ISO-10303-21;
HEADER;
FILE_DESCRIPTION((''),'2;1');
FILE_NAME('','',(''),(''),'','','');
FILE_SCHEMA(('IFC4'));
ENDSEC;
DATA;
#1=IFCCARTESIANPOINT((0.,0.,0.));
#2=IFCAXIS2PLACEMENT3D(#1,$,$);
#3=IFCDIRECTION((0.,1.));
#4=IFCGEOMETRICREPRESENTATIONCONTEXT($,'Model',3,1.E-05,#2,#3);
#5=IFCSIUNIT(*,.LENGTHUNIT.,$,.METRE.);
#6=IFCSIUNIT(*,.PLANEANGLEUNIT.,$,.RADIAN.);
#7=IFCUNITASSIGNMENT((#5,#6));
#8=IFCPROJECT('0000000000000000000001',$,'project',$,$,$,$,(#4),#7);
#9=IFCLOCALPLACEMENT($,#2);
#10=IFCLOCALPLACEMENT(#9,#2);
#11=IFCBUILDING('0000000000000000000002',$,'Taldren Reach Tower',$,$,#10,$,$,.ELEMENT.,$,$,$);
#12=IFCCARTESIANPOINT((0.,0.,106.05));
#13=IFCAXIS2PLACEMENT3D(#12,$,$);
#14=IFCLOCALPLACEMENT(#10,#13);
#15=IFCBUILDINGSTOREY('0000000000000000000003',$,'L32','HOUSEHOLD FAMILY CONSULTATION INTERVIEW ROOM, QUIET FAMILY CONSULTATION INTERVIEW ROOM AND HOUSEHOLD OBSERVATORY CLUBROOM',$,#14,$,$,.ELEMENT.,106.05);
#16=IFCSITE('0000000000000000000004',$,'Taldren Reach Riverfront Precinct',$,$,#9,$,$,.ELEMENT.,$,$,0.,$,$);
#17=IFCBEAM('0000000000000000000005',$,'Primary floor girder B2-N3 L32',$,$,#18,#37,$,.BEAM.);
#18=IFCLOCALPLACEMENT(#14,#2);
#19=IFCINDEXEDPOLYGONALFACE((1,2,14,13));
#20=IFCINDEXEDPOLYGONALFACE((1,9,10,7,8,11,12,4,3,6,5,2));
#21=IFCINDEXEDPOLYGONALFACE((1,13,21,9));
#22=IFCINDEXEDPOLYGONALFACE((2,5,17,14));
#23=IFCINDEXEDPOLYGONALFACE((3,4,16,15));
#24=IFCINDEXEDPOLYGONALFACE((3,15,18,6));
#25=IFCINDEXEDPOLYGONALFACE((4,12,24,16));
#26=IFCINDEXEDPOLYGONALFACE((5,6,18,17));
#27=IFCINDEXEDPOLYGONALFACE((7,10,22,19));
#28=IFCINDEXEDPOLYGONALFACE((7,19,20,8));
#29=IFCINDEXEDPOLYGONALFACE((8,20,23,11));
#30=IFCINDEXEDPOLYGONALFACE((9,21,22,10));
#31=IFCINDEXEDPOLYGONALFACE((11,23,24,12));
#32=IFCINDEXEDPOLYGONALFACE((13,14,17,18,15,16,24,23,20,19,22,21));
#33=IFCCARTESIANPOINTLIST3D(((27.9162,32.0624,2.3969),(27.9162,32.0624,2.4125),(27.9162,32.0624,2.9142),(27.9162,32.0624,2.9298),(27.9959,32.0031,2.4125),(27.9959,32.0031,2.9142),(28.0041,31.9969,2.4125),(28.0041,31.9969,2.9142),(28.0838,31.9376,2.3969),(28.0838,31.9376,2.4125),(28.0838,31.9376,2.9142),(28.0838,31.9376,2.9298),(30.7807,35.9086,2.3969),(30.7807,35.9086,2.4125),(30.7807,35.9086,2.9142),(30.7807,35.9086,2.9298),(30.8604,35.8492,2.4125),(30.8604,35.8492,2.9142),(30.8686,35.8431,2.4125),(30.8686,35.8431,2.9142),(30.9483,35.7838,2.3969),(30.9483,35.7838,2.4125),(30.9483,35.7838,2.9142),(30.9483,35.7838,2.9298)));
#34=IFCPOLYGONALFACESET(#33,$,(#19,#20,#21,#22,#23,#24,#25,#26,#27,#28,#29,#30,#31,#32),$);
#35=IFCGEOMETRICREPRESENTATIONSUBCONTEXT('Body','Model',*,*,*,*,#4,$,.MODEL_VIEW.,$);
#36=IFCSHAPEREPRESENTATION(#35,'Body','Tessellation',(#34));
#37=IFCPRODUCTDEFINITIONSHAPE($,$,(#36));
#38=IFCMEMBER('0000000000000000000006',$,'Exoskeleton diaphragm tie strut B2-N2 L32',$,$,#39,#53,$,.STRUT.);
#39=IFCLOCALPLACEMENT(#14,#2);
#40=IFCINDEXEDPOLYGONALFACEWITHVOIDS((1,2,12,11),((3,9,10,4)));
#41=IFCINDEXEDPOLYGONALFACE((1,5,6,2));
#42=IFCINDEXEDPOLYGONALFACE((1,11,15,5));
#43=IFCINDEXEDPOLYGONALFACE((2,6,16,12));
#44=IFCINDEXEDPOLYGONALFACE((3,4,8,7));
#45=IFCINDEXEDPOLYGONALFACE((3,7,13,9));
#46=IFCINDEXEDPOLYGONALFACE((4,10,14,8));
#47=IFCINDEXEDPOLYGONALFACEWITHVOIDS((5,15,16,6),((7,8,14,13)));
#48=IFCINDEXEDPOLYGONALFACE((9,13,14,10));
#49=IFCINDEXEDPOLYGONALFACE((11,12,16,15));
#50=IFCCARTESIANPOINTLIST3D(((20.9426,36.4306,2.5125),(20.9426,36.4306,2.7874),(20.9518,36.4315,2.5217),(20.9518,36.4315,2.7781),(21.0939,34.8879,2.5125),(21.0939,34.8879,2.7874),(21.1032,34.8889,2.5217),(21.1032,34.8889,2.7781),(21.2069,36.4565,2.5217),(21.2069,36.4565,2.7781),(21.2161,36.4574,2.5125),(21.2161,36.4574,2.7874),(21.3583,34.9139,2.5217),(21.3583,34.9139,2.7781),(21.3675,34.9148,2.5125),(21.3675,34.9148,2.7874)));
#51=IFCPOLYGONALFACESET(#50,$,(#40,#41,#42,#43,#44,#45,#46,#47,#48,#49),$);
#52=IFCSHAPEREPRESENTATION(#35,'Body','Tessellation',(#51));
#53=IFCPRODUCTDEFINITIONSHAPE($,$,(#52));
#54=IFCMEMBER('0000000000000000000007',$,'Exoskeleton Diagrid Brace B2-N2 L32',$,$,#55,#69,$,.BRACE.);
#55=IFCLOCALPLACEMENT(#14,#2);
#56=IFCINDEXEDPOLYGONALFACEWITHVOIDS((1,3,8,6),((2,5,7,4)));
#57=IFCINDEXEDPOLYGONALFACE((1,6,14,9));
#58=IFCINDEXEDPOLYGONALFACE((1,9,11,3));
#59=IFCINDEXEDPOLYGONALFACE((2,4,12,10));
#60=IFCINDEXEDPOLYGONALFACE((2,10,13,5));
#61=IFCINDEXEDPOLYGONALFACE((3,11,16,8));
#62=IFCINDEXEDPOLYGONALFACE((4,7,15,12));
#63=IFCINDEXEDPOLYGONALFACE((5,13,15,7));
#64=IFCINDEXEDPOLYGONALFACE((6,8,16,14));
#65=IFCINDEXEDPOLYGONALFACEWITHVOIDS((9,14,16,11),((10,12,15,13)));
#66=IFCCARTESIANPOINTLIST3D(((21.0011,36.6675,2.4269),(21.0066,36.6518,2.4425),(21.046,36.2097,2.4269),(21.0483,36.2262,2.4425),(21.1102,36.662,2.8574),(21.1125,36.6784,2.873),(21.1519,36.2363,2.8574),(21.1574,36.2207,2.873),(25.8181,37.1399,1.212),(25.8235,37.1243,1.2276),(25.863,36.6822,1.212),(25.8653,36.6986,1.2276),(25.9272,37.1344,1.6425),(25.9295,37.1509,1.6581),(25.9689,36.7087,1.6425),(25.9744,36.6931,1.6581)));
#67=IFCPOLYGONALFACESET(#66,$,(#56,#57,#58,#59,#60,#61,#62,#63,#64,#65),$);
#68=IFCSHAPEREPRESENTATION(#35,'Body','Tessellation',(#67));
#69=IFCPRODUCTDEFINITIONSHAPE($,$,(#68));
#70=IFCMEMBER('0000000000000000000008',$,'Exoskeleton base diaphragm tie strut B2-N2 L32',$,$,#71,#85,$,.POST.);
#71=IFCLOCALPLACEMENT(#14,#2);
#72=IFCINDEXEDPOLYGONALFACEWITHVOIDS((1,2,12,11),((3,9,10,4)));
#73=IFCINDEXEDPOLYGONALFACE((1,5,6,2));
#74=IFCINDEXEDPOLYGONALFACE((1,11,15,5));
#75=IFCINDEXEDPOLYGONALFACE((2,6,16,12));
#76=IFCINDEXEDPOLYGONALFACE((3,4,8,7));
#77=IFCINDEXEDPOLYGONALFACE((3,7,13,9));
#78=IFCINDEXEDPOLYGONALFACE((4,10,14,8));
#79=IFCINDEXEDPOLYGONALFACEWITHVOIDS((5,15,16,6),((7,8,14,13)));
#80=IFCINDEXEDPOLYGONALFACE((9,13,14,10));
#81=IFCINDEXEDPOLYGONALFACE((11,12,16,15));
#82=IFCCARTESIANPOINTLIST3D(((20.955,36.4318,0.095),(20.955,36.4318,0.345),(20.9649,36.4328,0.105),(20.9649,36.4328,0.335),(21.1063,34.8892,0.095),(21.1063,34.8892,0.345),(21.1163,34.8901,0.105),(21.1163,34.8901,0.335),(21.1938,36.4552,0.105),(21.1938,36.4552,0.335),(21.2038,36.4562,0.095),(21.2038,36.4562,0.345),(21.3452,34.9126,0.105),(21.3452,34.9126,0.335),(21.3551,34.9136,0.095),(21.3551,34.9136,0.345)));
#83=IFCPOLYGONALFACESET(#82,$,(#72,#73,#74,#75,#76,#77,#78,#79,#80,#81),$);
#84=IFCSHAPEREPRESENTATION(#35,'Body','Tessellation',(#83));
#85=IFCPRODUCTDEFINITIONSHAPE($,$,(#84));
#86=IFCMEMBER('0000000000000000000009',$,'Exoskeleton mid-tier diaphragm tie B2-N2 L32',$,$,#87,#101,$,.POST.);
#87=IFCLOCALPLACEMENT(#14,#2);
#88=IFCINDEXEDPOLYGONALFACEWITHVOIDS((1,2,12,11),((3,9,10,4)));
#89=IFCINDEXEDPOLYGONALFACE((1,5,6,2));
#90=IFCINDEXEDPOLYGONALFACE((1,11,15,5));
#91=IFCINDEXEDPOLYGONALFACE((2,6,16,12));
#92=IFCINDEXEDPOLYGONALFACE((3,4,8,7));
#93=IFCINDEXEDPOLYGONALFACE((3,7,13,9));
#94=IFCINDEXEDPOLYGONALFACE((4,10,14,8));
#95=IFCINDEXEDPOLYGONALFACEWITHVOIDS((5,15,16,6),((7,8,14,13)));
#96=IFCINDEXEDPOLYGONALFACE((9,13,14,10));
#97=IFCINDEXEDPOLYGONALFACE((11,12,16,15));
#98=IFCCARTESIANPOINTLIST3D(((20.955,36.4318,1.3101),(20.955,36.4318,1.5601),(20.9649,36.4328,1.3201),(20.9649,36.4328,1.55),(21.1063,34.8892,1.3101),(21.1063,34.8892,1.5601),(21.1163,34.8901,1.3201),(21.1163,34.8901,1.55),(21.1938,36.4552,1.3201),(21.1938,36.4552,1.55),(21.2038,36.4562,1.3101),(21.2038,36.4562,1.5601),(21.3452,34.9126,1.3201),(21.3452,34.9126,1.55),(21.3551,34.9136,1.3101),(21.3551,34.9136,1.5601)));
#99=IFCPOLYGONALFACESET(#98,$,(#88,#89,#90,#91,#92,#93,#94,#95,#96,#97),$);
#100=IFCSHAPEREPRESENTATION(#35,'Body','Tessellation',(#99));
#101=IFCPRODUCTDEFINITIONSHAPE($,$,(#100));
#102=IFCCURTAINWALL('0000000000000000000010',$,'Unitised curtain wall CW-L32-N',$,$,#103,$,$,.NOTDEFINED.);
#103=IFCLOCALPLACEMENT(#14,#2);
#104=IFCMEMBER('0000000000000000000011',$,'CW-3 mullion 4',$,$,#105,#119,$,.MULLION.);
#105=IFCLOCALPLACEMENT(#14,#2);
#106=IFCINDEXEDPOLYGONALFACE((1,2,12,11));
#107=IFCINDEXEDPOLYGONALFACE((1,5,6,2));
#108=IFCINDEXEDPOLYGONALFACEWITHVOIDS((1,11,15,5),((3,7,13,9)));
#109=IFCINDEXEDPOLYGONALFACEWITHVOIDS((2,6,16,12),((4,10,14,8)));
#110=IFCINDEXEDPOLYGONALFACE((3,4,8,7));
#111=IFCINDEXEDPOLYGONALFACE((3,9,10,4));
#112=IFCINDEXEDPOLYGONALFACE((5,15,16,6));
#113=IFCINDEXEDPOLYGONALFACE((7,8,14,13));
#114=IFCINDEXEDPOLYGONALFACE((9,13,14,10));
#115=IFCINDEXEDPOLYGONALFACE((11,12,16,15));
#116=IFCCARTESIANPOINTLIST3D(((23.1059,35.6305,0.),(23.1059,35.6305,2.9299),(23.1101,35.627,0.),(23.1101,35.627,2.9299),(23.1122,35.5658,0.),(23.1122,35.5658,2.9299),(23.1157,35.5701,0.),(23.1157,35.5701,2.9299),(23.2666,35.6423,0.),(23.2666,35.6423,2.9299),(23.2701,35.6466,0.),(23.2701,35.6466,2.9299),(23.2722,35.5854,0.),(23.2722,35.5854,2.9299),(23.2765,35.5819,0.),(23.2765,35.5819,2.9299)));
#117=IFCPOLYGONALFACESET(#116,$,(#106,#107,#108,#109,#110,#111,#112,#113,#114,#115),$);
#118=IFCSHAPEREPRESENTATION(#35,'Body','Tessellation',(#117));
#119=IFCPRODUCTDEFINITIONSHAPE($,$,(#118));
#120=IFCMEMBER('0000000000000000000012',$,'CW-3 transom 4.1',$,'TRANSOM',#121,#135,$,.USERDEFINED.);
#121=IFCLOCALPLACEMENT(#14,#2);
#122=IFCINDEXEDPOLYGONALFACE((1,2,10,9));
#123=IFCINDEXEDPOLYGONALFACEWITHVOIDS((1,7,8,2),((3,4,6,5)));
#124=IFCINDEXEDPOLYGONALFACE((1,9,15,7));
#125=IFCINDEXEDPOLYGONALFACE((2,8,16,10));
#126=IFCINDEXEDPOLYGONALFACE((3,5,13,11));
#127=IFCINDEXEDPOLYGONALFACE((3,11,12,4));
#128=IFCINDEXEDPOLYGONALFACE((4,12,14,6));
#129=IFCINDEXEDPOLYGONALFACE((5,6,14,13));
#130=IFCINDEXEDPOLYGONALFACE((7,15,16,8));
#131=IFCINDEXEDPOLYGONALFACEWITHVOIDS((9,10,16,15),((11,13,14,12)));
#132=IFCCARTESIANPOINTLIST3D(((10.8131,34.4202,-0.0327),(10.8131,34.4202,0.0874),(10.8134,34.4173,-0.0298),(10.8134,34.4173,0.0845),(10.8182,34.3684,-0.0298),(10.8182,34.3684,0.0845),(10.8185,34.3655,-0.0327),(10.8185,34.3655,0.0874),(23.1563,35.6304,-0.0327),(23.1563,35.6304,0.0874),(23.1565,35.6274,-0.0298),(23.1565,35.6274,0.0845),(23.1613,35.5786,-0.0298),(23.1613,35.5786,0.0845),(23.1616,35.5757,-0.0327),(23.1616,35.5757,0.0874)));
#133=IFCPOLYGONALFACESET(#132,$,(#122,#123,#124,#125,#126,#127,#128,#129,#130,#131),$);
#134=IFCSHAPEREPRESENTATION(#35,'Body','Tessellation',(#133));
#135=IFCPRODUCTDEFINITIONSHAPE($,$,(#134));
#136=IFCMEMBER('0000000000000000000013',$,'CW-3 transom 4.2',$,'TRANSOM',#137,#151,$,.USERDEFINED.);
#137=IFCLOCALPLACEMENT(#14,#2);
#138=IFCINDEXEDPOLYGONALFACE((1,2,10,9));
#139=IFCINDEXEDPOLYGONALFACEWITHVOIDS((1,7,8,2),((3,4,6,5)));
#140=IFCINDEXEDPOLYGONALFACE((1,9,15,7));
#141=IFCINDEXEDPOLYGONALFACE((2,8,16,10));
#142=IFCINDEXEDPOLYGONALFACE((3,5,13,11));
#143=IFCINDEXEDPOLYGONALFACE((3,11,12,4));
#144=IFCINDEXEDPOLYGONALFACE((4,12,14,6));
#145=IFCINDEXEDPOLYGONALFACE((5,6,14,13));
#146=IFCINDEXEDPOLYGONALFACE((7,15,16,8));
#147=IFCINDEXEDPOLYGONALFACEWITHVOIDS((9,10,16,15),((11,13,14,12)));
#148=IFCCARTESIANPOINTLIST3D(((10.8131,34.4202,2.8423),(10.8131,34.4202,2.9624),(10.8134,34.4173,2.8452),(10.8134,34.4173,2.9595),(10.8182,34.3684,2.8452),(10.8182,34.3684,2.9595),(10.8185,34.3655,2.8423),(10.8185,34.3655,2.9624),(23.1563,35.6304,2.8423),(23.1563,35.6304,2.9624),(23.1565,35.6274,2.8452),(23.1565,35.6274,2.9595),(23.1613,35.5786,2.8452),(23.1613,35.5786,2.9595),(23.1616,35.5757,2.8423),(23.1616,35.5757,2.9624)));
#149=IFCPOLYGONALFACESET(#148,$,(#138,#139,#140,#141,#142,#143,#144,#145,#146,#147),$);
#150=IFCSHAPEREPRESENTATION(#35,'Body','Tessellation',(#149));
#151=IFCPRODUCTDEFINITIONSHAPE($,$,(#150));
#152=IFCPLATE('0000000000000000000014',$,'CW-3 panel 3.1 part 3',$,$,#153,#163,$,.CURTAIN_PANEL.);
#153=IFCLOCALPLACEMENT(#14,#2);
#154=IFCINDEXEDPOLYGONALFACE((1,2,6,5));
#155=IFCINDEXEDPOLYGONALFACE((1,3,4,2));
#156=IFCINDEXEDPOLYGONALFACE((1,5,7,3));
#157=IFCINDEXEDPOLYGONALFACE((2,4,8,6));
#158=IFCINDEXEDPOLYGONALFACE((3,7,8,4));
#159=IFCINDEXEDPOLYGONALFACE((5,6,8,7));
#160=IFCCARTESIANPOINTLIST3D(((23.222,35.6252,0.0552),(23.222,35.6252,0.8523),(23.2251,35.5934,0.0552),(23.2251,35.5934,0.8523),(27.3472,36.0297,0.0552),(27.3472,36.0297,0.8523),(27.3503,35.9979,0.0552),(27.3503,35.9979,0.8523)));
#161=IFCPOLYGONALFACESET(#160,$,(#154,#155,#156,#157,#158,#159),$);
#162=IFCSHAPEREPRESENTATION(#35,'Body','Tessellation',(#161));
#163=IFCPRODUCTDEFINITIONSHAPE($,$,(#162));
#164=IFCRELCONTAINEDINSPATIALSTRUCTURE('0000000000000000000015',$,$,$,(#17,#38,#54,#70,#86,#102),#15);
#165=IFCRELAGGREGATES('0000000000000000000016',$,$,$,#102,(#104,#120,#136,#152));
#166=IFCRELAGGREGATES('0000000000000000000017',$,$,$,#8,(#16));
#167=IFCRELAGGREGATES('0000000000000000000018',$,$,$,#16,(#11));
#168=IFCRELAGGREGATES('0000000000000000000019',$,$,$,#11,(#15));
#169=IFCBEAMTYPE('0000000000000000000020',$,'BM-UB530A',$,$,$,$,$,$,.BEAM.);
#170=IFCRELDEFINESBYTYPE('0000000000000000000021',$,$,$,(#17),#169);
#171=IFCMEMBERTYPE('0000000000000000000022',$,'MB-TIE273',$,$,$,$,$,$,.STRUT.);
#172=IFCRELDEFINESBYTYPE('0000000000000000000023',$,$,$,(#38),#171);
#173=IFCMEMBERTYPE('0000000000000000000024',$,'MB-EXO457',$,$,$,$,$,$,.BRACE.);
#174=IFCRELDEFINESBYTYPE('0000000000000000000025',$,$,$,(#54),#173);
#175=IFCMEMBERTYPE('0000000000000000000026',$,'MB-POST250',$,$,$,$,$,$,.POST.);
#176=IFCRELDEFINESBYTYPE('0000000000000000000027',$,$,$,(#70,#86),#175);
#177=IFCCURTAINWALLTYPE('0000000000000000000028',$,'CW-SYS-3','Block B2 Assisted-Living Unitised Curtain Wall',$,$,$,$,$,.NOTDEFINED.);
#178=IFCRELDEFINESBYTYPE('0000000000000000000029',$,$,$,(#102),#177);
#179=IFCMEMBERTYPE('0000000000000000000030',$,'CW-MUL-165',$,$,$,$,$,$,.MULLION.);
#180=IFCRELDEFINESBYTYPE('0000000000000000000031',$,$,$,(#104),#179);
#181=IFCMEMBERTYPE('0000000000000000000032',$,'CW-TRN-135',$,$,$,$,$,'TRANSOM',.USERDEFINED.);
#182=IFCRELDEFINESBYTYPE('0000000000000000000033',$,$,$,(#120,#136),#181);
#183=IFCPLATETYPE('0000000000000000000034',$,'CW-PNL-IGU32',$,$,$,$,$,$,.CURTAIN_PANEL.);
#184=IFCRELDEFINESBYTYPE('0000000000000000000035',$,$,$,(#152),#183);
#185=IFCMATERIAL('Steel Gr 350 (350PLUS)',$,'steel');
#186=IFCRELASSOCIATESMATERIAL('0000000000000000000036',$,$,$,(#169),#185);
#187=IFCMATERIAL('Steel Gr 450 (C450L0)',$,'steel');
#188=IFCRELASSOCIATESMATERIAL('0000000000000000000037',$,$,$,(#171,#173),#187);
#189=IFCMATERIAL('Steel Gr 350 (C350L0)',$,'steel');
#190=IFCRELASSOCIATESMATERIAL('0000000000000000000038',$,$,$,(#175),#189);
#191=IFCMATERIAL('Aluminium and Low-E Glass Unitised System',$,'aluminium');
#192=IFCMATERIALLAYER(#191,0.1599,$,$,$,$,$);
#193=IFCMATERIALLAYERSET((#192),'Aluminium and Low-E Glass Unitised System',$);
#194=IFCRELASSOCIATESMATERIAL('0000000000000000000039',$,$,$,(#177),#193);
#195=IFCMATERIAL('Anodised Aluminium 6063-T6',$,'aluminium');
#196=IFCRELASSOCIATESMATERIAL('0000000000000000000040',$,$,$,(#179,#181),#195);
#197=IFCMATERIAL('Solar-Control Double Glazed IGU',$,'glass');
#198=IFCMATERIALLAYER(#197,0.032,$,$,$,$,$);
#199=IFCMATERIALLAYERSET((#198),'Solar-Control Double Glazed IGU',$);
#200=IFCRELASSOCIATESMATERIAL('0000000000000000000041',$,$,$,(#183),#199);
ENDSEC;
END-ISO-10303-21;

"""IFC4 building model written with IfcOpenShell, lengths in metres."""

from ifc_helpers import new_model, si_unit, direction, frame, origin, origin_2d, place, context, subcontext, project, spatial, rectangle, hollow_rectangle, i_section, extrude, source, transform, mapped, material, layer, layer_set, material_profile, profile_set, type_object, element, aggregate, save


model = new_model("IFC4")

# Units and contexts
model_context = context("Model", 3, precision=1e-05, world=origin(), true_north=direction((0.0, 1.0)))
body_context = subcontext(model_context, "Body", "Model", "MODEL_VIEW")
ifc_project = project(units=[si_unit("LENGTHUNIT", "METRE"), si_unit("PLANEANGLEUNIT", "RADIAN")], contexts=[model_context])

# Site, building, storey
site_placement = place(None, origin())
site = spatial("IfcSite", under=ifc_project, at=site_placement, Name="Taldren Reach Riverfront Precinct", CompositionType="ELEMENT", RefElevation=0.0)
building_placement = place(site_placement, origin())
building = spatial("IfcBuilding", under=site, at=building_placement, Name="Taldren Reach Tower", CompositionType="ELEMENT")
storey_placement = place(building_placement, frame((0.0, 0.0, 106.05)))
storey = spatial("IfcBuildingStorey", under=building, at=storey_placement, Name="L32", Description="HOUSEHOLD FAMILY CONSULTATION INTERVIEW ROOM, QUIET FAMILY CONSULTATION INTERVIEW ROOM AND HOUSEHOLD OBSERVATORY CLUBROOM", CompositionType="ELEMENT", Elevation=106.05)

# Shared definitions
ifc_material_1 = material(Name="Steel Gr 350 (350PLUS)", Category="steel")

# Beam
ifc_material_profile_1 = material_profile(ifc_material_1, i_section(OverallWidth=0.209, OverallDepth=0.533, WebThickness=0.0103, FlangeThickness=0.0156, at=origin_2d()), Name="530UB92.4")
ifc_profile_set_1 = profile_set([ifc_material_profile_1], Name="Steel Gr 350 (350PLUS)")
beam_type_1 = type_object("IfcBeamType", Name="BM-UB530A", PredefinedType="BEAM", material=ifc_profile_set_1)
shared_shape_1 = source(origin(), body_context, "Body", "SweptSolid", [
    extrude(i_section(OverallWidth=0.209, OverallDepth=0.533, WebThickness=0.0103, FlangeThickness=0.0156, at=origin_2d()), origin(), (0.0, 0.0, 1.0), 4.7957),
])
beam_1_placement = place(storey_placement, frame((28.0, 32.0, 2.6633), z_axis=(0.597309, 0.802011, 0.0), x_axis=(-0.802011, 0.597309, 0.0)))
element("IfcBeam", 1, at=beam_1_placement, inside=storey, type_object=beam_type_1, Name="Primary floor girder B2-N3 L32", PredefinedType="BEAM", context=body_context, shape_type="MappedRepresentation", body=[
    mapped(shared_shape_1, transform((0.0, 0.0, 0.0), scale=1.0)),
])

# Members
ifc_material_2 = material(Name="Steel Gr 450 (C450L0)", Category="steel")
ifc_material_profile_2 = material_profile(ifc_material_2, hollow_rectangle(XDim=0.2749, YDim=0.2749, WallThickness=0.0093, at=origin_2d()), Name="275x275x9.3SHS")
ifc_profile_set_2 = profile_set([ifc_material_profile_2], Name="Steel Gr 450 (C450L0)")
member_type_1 = type_object("IfcMemberType", Name="MB-TIE273", PredefinedType="STRUT", material=ifc_profile_set_2)
shared_shape_2 = source(origin(), body_context, "Body", "SweptSolid", [
    extrude(hollow_rectangle(XDim=0.2749, YDim=0.2749, WallThickness=0.0093, at=origin_2d()), origin(), (0.0, 0.0, 1.0), 1.55),
])
member_1_placement = place(storey_placement, frame((21.2307, 34.9014, 2.6499), z_axis=(-0.097648, 0.995221, 0.0), x_axis=(-0.995221, -0.097648, 0.0)))
element("IfcMember", 2, at=member_1_placement, inside=storey, type_object=member_type_1, Name="Exoskeleton diaphragm tie strut B2-N2 L32", PredefinedType="STRUT", context=body_context, shape_type="MappedRepresentation", body=[
    mapped(shared_shape_2, transform((0.0, 0.0, 0.0), scale=1.0)),
])
ifc_material_profile_3 = material_profile(ifc_material_2, hollow_rectangle(XDim=0.46, YDim=0.46, WallThickness=0.0161, at=origin_2d()), Name="460x460x16.0SHS")
ifc_profile_set_3 = profile_set([ifc_material_profile_3], Name="Steel Gr 450 (C450L0)")
member_type_2 = type_object("IfcMemberType", Name="MB-EXO457", PredefinedType="BRACE", material=ifc_profile_set_3)
shared_shape_3 = source(origin(), body_context, "Body", "SweptSolid", [
    extrude(hollow_rectangle(XDim=0.46, YDim=0.46, WallThickness=0.0161, at=origin_2d()), origin(), (0.0, 0.0, 1.0), 4.9902),
])
member_2_placement = place(storey_placement, frame((25.8962, 36.9165, 1.4351), z_axis=(-0.965283, -0.094669, 0.243449), x_axis=(0.097606, -0.995225, 0.0)))
element("IfcMember", 3, at=member_2_placement, inside=storey, type_object=member_type_2, Name="Exoskeleton Diagrid Brace B2-N2 L32", PredefinedType="BRACE", context=body_context, shape_type="MappedRepresentation", body=[
    mapped(shared_shape_3, transform((0.0, 0.0, 0.0), scale=1.0)),
])
ifc_material_3 = material(Name="Steel Gr 350 (C350L0)", Category="steel")
ifc_material_profile_4 = material_profile(ifc_material_3, hollow_rectangle(XDim=0.25, YDim=0.25, WallThickness=0.01, at=origin_2d()), Name="250x250x10.0SHS")
ifc_profile_set_4 = profile_set([ifc_material_profile_4], Name="Steel Gr 350 (C350L0)")
member_type_3 = type_object("IfcMemberType", Name="MB-POST250", PredefinedType="POST", material=ifc_profile_set_4)
shared_shape_4 = source(origin(), body_context, "Body", "SweptSolid", [
    extrude(hollow_rectangle(XDim=0.25, YDim=0.25, WallThickness=0.01, at=origin_2d()), origin(), (0.0, 0.0, 1.0), 1.55),
])
for number, where, z_axis, x_axis, name in (
    (4, (21.2307, 34.9014, 0.22), (-0.097648, 0.995221, 0.0), (-0.995221, -0.097648, 0.0), "Exoskeleton base diaphragm tie strut B2-N2 L32"),
    (5, (21.2307, 34.9014, 1.4351), (-0.097648, 0.995221, 0.0), (-0.995221, -0.097648, 0.0), "Exoskeleton mid-tier diaphragm tie B2-N2 L32"),
):
    element("IfcMember", number, at=place(storey_placement, frame(where, z_axis=z_axis, x_axis=x_axis)), inside=storey, type_object=member_type_3, Name=name, PredefinedType="POST", context=body_context, shape_type="MappedRepresentation", body=[
        mapped(shared_shape_4, transform((0.0, 0.0, 0.0), scale=1.0)),
    ])

# Curtain wall, members, plate
ifc_material_4 = material(Name="Aluminium and Low-E Glass Unitised System", Category="aluminium")
ifc_layer_1 = layer(ifc_material_4, 0.1599)
ifc_layer_set_1 = layer_set([ifc_layer_1], Name="Aluminium and Low-E Glass Unitised System")
curtain_wall_type = type_object("IfcCurtainWallType", Name="CW-SYS-3", Description="Block B2 Assisted-Living Unitised Curtain Wall", PredefinedType="NOTDEFINED", material=ifc_layer_set_1)
curtain_wall_placement = place(storey_placement, origin())
curtain_wall = element("IfcCurtainWall", 6, at=curtain_wall_placement, inside=storey, type_object=curtain_wall_type, Name="Unitised curtain wall CW-L32-N", PredefinedType="NOTDEFINED")
ifc_material_5 = material(Name="Anodised Aluminium 6063-T6", Category="aluminium")
ifc_material_profile_5 = material_profile(ifc_material_5, hollow_rectangle(XDim=0.0649, YDim=0.165, WallThickness=0.0039, at=origin_2d()), Name="ALU-165x65x4RHS")
ifc_profile_set_5 = profile_set([ifc_material_profile_5], Name="Anodised Aluminium 6063-T6")
member_type_4 = type_object("IfcMemberType", Name="CW-MUL-165", PredefinedType="MULLION", material=ifc_profile_set_5)
shared_shape_5 = source(origin(), body_context, "Body", "SweptSolid", [
    extrude(hollow_rectangle(XDim=0.0649, YDim=0.165, WallThickness=0.0039, at=origin_2d()), origin(), (0.0, 0.0, 1.0), 2.9299),
])
member_3_placement = place(storey_placement, frame((23.1912, 35.6062, 0.0), z_axis=(0.0, 0.0, 1.0), x_axis=(0.097583, -0.995227, 0.0)))
member_3 = element("IfcMember", 7, at=member_3_placement, type_object=member_type_4, Name="CW-3 mullion 4", PredefinedType="MULLION", context=body_context, shape_type="MappedRepresentation", body=[
    mapped(shared_shape_5, transform((0.0, 0.0, 0.0), scale=1.0)),
])
ifc_material_profile_6 = material_profile(ifc_material_5, hollow_rectangle(XDim=0.0549, YDim=0.1201, WallThickness=0.0029, at=origin_2d()), Name="ALU-120x55x3RHS")
ifc_profile_set_6 = profile_set([ifc_material_profile_6], Name="Anodised Aluminium 6063-T6")
member_type_5 = type_object("IfcMemberType", Name="CW-TRN-135", ElementType="TRANSOM", PredefinedType="USERDEFINED", material=ifc_profile_set_6)
shared_shape_6 = source(origin(), body_context, "Body", "SweptSolid", [
    extrude(hollow_rectangle(XDim=0.0549, YDim=0.1201, WallThickness=0.0029, at=origin_2d()), origin(), (0.0, 0.0, 1.0), 12.4023),
])
member_4_placement = place(storey_placement, frame((23.1589, 35.603, 0.0273), z_axis=(-0.995228, -0.097578, 0.0), x_axis=(0.097578, -0.995228, 0.0)))
member_4 = element("IfcMember", 8, at=member_4_placement, type_object=member_type_5, Name="CW-3 transom 4.1", ObjectType="TRANSOM", PredefinedType="USERDEFINED", context=body_context, shape_type="MappedRepresentation", body=[
    mapped(shared_shape_6, transform((0.0, 0.0, 0.0), scale=1.0)),
])
member_5_placement = place(storey_placement, frame((23.1589, 35.603, 2.9023), z_axis=(-0.995228, -0.097578, 0.0), x_axis=(0.097578, -0.995228, 0.0)))
member_5 = element("IfcMember", 9, at=member_5_placement, type_object=member_type_5, Name="CW-3 transom 4.2", ObjectType="TRANSOM", PredefinedType="USERDEFINED", context=body_context, shape_type="MappedRepresentation", body=[
    mapped(shared_shape_6, transform((0.0, 0.0, 0.0), scale=1.0)),
])
ifc_material_6 = material(Name="Solar-Control Double Glazed IGU", Category="glass")
ifc_layer_2 = layer(ifc_material_6, 0.032)
ifc_layer_set_2 = layer_set([ifc_layer_2], Name="Solar-Control Double Glazed IGU")
plate_type = type_object("IfcPlateType", Name="CW-PNL-IGU32", PredefinedType="CURTAIN_PANEL", material=ifc_layer_set_2)
shared_shape_7 = source(origin(), body_context, "Body", "SweptSolid", [
    extrude(rectangle(XDim=4.145, YDim=0.032, at=origin_2d()), origin(), (0.0, 0.0, 1.0), 0.7971),
])
plate_1_placement = place(storey_placement, frame((25.2861, 35.8115, 0.0552), z_axis=(0.0, 0.0, 1.0), x_axis=(-0.995227, -0.097583, 0.0)))
plate_1 = element("IfcPlate", 10, at=plate_1_placement, type_object=plate_type, Name="CW-3 panel 3.1 part 3", PredefinedType="CURTAIN_PANEL", context=body_context, shape_type="MappedRepresentation", body=[
    mapped(shared_shape_7, transform((0.0, 0.0, 0.0), scale=1.0)),
])
aggregate(curtain_wall, [member_3, member_4, member_5, plate_1])

save(model, "model.ifc")
